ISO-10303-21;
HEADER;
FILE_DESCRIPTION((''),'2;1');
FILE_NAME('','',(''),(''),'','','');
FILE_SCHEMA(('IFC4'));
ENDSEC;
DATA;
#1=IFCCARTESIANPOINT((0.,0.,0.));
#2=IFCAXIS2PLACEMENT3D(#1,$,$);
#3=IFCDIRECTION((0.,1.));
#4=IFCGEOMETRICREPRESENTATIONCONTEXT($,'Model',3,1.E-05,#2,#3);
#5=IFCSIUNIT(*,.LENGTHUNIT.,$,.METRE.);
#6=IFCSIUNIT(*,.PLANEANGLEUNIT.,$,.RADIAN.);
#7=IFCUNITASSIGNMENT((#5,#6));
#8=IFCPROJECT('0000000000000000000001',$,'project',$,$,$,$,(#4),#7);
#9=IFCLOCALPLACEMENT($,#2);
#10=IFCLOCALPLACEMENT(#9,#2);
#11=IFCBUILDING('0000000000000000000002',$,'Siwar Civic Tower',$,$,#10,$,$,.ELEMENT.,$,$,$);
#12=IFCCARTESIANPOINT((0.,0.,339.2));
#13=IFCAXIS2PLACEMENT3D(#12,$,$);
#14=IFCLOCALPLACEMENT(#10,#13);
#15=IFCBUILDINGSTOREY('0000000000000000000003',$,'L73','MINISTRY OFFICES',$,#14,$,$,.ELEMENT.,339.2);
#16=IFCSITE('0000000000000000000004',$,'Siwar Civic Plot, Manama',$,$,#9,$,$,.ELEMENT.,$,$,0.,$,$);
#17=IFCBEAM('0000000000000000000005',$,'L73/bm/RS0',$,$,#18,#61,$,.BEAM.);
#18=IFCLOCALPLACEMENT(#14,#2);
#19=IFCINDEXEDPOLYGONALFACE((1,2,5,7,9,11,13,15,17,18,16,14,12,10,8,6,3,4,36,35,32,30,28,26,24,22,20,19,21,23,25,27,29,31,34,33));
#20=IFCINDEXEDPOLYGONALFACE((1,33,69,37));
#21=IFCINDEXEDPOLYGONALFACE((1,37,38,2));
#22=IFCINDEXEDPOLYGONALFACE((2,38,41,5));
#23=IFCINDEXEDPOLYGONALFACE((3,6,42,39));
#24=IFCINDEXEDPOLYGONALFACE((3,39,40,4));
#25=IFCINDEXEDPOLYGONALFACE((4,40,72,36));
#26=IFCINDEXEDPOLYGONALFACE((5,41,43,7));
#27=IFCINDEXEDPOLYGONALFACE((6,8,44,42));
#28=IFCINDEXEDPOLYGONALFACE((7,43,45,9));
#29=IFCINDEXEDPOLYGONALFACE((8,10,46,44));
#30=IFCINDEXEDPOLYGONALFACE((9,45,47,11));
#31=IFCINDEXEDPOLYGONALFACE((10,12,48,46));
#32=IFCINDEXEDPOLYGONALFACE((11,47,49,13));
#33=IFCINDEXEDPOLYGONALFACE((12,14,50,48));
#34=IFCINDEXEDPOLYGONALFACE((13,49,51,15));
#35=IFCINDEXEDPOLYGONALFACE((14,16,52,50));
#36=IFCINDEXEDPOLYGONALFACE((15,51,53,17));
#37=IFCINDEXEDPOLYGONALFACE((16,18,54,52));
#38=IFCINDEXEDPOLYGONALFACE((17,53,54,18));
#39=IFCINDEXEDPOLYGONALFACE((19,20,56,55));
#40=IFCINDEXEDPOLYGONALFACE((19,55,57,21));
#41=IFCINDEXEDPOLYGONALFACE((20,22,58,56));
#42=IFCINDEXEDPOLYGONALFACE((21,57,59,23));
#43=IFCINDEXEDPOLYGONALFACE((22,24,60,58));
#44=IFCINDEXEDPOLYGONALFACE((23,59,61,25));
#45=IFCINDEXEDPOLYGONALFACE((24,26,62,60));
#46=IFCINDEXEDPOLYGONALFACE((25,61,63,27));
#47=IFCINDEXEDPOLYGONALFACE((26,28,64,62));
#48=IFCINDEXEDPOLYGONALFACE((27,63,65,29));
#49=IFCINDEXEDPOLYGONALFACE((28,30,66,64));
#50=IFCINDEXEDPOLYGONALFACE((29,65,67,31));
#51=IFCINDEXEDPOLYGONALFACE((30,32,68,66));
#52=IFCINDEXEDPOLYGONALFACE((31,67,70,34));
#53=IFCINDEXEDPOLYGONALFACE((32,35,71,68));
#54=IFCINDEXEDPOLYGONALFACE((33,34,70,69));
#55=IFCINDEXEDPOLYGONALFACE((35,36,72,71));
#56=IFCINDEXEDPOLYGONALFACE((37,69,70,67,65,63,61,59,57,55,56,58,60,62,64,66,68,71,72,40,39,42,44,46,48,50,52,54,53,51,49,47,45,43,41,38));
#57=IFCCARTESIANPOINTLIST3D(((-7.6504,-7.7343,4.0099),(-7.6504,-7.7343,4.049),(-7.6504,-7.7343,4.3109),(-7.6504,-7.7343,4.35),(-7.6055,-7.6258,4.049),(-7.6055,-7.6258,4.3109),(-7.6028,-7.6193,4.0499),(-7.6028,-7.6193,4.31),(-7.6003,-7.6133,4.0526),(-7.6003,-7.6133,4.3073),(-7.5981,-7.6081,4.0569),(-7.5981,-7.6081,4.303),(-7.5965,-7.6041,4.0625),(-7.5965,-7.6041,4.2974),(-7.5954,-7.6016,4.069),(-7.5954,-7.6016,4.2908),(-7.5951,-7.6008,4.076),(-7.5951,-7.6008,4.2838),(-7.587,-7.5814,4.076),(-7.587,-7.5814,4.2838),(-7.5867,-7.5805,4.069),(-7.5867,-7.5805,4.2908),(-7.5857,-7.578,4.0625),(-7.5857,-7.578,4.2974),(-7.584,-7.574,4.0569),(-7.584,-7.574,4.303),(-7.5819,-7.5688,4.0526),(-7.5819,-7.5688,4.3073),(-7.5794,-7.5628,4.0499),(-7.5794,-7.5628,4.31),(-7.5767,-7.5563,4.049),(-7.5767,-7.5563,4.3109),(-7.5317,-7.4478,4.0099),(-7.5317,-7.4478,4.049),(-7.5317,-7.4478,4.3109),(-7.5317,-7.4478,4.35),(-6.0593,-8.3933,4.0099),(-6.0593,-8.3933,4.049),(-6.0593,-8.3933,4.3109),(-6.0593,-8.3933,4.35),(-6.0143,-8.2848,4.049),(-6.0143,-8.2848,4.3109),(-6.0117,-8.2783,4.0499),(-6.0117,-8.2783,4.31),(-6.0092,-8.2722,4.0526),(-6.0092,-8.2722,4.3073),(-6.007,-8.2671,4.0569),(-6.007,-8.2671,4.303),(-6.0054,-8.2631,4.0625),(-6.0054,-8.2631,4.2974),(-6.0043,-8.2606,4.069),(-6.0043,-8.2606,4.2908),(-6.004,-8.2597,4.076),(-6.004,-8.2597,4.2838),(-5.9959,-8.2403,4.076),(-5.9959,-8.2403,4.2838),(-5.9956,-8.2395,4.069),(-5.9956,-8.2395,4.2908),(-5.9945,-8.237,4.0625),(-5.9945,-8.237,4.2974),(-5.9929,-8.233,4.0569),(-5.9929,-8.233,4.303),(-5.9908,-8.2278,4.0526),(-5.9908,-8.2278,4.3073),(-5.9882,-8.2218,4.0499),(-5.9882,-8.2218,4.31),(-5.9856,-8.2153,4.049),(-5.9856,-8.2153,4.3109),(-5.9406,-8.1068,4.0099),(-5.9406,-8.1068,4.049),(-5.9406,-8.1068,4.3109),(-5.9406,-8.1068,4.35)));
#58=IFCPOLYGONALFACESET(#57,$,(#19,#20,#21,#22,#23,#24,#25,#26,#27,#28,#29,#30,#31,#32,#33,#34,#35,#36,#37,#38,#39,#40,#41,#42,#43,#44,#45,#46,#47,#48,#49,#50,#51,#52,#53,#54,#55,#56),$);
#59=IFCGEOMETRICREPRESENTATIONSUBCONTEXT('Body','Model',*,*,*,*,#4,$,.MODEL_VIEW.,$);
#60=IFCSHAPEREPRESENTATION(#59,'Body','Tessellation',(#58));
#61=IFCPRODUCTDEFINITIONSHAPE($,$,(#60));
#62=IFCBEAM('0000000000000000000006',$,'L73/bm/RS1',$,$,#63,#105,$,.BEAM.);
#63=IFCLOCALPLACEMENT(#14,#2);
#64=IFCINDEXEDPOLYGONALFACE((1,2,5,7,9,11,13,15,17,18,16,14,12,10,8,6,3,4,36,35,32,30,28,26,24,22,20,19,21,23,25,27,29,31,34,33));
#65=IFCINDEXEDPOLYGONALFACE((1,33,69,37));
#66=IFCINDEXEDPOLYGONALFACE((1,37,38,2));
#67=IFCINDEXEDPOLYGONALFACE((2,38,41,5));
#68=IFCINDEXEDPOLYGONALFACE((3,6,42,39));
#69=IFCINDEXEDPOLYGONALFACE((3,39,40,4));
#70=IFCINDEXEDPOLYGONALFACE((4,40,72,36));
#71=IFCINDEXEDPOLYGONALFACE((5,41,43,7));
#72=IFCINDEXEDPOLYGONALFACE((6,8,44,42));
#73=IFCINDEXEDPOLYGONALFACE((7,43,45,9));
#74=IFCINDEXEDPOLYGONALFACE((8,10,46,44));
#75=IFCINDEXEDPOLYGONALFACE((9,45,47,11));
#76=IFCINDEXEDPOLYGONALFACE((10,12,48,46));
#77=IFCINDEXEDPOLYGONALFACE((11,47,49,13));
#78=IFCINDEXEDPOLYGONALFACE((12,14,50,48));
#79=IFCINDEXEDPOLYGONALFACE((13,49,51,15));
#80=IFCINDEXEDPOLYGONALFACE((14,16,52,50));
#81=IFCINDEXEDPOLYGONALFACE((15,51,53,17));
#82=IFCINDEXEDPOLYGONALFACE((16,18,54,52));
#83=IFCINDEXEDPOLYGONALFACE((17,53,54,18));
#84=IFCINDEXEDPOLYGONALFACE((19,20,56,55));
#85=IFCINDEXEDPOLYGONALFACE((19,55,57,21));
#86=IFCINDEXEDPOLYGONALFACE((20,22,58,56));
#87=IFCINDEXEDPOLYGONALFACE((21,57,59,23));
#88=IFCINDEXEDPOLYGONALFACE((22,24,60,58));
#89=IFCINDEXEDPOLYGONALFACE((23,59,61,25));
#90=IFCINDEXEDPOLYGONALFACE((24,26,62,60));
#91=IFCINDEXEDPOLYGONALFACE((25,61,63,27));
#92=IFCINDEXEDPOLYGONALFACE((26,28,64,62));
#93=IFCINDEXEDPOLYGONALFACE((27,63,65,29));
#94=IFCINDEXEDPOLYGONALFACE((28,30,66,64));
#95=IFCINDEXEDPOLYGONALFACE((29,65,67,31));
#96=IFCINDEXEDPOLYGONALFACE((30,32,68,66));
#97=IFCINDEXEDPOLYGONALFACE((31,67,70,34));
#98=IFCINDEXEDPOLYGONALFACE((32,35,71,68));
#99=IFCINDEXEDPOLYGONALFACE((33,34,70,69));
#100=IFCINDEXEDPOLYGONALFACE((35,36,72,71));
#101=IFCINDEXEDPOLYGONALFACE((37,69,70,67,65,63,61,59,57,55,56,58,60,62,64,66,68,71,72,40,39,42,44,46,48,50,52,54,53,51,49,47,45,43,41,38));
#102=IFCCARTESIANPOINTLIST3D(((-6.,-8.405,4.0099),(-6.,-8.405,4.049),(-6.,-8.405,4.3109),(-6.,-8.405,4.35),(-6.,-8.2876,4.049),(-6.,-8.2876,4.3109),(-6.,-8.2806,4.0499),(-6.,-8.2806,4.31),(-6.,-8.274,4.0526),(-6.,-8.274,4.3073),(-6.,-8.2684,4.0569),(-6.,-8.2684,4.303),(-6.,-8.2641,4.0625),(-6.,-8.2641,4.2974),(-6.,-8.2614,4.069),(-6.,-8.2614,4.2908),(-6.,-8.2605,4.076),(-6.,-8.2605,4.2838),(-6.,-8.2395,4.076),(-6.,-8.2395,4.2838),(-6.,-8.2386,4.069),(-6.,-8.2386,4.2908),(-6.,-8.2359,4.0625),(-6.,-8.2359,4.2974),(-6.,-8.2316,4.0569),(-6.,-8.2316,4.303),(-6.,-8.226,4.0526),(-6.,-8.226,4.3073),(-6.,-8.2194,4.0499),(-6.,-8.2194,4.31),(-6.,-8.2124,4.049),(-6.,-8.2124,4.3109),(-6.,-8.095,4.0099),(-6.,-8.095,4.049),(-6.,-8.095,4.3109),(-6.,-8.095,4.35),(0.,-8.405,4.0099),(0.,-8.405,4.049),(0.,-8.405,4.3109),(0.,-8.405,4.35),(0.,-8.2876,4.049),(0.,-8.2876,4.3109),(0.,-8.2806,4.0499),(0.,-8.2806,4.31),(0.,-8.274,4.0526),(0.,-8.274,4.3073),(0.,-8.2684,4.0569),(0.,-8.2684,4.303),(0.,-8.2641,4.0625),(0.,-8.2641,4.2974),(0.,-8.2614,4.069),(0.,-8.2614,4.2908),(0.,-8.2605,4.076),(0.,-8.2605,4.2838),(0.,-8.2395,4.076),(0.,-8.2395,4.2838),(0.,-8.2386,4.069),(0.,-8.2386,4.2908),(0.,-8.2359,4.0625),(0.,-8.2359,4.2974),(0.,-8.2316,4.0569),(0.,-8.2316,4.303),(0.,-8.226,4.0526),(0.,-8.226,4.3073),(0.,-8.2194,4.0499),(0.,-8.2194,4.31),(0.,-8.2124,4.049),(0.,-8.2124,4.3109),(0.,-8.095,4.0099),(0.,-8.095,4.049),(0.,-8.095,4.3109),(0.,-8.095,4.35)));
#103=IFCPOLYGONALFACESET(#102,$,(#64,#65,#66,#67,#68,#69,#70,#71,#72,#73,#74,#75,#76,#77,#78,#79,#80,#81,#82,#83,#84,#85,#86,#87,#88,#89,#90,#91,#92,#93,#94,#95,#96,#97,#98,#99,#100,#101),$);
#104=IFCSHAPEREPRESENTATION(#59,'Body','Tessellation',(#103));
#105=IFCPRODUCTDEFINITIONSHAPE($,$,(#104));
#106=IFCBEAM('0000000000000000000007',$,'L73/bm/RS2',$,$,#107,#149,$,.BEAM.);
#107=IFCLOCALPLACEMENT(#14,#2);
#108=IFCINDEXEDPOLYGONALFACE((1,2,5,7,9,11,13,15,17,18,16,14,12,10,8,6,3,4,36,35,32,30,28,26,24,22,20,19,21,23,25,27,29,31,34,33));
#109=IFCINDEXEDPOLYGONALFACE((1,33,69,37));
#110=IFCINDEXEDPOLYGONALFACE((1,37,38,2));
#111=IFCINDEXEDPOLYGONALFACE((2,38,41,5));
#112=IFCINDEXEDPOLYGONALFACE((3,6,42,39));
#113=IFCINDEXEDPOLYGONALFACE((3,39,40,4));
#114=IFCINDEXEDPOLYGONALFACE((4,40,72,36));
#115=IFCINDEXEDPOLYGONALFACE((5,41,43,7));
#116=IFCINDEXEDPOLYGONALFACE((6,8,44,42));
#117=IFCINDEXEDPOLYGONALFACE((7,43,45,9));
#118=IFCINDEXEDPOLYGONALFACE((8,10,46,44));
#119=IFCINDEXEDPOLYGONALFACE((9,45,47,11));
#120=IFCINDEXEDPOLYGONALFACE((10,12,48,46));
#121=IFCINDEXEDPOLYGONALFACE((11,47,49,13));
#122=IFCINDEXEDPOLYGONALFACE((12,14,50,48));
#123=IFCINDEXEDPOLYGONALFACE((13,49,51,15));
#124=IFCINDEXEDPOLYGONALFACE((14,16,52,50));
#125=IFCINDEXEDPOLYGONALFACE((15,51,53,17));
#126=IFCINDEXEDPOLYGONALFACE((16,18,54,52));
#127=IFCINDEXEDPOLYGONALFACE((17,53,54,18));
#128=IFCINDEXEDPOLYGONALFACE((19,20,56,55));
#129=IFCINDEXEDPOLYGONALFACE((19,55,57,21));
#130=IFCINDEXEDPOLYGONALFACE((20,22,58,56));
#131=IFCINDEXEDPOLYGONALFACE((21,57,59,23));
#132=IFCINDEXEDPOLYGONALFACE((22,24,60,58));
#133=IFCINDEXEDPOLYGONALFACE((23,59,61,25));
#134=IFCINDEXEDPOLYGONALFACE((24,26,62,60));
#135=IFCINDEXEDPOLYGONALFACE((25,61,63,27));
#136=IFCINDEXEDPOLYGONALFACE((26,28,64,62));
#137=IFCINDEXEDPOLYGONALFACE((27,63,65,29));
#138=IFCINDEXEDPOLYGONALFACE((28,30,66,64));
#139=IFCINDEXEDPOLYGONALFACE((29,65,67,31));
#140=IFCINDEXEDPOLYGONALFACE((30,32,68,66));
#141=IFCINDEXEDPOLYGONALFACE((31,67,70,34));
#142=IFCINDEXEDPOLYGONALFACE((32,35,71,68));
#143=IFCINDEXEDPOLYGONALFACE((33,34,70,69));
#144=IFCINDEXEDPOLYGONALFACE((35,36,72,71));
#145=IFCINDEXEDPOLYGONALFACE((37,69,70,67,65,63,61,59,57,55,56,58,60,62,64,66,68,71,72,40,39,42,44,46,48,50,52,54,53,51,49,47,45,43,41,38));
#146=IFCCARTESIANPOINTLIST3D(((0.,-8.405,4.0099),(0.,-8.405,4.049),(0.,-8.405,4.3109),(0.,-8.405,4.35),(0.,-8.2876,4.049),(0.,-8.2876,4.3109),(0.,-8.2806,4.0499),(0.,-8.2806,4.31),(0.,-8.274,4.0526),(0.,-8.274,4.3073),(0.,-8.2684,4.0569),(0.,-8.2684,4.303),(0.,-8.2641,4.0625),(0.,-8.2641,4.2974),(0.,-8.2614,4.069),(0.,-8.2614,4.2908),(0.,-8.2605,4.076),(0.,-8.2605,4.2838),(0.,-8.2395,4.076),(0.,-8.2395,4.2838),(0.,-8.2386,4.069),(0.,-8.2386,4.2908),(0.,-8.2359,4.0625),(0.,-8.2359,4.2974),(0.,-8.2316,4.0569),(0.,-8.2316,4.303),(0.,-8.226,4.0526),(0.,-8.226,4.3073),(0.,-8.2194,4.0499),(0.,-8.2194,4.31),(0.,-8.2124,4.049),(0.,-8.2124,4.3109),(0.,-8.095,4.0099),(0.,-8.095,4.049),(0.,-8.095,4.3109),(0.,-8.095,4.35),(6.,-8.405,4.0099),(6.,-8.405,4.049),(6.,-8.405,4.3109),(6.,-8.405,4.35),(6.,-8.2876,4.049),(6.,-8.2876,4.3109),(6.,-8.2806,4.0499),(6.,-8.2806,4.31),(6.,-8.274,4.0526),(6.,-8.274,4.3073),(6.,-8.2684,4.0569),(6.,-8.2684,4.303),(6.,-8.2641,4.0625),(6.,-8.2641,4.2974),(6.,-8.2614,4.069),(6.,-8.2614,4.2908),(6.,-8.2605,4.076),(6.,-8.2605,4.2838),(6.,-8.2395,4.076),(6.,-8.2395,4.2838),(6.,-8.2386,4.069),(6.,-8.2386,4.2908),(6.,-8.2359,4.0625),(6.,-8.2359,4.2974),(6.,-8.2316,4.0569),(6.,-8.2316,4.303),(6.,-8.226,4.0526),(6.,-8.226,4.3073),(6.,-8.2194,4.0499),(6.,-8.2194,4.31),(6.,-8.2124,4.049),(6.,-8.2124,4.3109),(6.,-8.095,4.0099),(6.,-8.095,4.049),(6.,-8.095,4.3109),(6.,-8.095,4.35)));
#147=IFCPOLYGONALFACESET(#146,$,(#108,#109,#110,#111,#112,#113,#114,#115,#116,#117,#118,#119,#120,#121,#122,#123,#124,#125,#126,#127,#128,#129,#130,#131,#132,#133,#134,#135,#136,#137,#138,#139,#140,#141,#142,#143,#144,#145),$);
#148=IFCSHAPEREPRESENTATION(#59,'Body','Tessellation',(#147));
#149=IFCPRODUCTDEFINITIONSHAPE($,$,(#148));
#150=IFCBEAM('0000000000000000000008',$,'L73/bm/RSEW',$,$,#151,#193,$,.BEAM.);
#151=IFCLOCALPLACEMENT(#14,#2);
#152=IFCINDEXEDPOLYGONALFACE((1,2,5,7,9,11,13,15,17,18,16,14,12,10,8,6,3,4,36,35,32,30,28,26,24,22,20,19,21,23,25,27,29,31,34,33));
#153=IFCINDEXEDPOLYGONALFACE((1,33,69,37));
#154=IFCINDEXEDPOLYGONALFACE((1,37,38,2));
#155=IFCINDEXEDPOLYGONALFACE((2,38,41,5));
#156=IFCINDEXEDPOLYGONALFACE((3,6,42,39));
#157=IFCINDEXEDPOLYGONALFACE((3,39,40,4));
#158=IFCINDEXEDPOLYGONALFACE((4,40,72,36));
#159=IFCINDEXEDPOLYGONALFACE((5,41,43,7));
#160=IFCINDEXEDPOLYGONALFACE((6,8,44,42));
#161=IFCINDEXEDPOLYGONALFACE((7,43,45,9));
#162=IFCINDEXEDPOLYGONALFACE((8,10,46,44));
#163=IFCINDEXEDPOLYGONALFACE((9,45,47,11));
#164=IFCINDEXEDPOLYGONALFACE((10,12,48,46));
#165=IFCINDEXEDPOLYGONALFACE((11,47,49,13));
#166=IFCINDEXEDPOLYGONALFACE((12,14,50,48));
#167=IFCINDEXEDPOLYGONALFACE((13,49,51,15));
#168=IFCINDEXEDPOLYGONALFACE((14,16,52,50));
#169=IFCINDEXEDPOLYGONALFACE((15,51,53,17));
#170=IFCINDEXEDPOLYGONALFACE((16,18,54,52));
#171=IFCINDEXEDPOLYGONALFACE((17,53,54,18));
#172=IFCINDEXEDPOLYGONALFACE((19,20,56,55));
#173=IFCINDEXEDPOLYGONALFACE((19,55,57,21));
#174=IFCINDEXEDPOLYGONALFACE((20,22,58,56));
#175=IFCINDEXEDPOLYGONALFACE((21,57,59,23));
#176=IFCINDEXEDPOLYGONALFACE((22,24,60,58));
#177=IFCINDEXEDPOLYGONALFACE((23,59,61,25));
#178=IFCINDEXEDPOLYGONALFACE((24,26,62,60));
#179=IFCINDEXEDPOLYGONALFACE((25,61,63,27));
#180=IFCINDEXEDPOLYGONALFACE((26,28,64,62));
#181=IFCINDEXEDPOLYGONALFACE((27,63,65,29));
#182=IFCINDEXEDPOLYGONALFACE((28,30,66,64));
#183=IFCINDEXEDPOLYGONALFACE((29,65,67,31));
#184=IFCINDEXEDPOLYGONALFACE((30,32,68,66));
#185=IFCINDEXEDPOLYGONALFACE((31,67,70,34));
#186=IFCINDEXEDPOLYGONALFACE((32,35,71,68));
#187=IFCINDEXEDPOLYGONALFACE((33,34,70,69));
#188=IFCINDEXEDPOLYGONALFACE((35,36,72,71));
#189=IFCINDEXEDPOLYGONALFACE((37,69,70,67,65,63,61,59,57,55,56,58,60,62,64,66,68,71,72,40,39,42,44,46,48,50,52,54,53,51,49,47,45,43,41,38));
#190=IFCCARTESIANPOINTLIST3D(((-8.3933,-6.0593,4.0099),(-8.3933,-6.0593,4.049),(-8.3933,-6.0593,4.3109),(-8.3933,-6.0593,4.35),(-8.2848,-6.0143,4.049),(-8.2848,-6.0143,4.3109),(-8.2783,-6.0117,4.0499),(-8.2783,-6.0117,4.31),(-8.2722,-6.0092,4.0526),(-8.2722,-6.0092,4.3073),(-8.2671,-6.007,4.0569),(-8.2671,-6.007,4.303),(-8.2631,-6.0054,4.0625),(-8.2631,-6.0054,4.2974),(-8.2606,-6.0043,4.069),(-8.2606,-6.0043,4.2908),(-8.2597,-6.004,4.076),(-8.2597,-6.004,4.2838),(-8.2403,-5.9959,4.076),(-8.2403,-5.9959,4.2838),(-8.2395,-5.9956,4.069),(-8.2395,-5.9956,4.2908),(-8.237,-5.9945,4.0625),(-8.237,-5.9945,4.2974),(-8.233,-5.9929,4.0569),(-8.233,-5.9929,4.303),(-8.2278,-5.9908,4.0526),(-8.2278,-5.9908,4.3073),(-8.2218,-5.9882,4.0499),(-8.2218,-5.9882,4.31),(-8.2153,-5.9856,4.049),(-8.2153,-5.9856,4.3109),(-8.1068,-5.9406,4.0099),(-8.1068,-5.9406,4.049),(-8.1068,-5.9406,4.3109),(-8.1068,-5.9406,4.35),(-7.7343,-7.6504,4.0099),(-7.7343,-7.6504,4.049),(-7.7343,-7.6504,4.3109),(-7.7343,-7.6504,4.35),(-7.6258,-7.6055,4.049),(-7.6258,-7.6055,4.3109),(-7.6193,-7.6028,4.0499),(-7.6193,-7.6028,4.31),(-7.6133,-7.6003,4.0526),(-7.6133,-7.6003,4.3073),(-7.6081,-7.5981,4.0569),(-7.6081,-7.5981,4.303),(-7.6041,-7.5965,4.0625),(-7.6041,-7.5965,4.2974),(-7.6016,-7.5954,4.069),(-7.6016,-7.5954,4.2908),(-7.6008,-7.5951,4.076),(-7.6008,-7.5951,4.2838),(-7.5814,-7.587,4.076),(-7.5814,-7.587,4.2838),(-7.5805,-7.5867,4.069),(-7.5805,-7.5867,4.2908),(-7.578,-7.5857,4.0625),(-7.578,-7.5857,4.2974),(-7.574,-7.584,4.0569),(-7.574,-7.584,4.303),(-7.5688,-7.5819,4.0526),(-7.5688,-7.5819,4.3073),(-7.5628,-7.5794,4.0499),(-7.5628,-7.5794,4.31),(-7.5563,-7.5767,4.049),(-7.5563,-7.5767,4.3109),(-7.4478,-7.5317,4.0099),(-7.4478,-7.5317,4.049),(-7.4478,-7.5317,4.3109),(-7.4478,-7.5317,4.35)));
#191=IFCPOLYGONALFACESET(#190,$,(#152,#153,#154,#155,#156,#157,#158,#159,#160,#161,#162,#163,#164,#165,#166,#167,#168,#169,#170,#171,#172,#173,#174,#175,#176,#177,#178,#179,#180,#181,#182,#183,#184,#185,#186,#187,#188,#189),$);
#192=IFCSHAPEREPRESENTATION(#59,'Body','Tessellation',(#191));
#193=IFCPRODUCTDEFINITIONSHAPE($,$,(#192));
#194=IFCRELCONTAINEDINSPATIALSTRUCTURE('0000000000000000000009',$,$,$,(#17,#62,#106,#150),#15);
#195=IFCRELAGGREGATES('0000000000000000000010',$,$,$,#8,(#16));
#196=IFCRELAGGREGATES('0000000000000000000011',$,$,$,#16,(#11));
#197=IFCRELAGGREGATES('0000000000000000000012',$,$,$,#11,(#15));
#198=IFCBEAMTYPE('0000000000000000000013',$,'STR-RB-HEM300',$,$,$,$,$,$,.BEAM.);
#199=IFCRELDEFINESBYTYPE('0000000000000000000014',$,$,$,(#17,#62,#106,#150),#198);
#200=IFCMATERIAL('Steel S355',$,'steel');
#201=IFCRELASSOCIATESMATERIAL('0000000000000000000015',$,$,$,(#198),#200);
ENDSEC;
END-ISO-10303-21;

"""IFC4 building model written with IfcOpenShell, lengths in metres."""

from ifc_helpers import new_model, si_unit, direction, frame, origin, origin_2d, place, context, subcontext, project, spatial, i_section, extrude, material, material_profile, profile_set, type_object, element, save


model = new_model("IFC4")

# Units and contexts
model_context = context("Model", 3, precision=1e-05, world=origin(), true_north=direction((0.0, 1.0)))
body_context = subcontext(model_context, "Body", "Model", "MODEL_VIEW")
ifc_project = project(units=[si_unit("LENGTHUNIT", "METRE"), si_unit("PLANEANGLEUNIT", "RADIAN")], contexts=[model_context])

# Site, building, storey
site_placement = place(None, origin())
site = spatial("IfcSite", under=ifc_project, at=site_placement, Name="Siwar Civic Plot, Manama", CompositionType="ELEMENT", RefElevation=0.0)
building_placement = place(site_placement, origin())
building = spatial("IfcBuilding", under=site, at=building_placement, Name="Siwar Civic Tower", CompositionType="ELEMENT")
storey_placement = place(building_placement, frame((0.0, 0.0, 339.2)))
storey = spatial("IfcBuildingStorey", under=building, at=storey_placement, Name="L73", Description="MINISTRY OFFICES", CompositionType="ELEMENT", Elevation=339.2)

# Beams
ifc_material_1 = material(Name="Steel S355", Category="steel")
ifc_material_profile_1 = material_profile(ifc_material_1, i_section(OverallWidth=0.3101, OverallDepth=0.3401, WebThickness=0.021, FlangeThickness=0.0391, FilletRadius=0.0271, at=origin_2d()), Name="HEM300")
ifc_profile_set_1 = profile_set([ifc_material_profile_1], Name="Steel S355")
beam_type_1 = type_object("IfcBeamType", Name="STR-RB-HEM300", PredefinedType="BEAM", material=ifc_profile_set_1)
beam_1_placement = place(storey_placement, frame((-7.5911, -7.5911, 4.1799), z_axis=(0.923901, -0.382631, 0.0), x_axis=(0.382631, 0.923901, 0.0)))
element("IfcBeam", 1, at=beam_1_placement, inside=storey, type_object=beam_type_1, Name="L73/bm/RS0", PredefinedType="BEAM", context=body_context, shape_type="SweptSolid", body=[
    extrude(i_section(OverallWidth=0.3101, OverallDepth=0.3401, WebThickness=0.021, FlangeThickness=0.0391, FilletRadius=0.0271, at=origin_2d()), origin(), (0.0, 0.0, 1.0), 1.7222),
])
for number, where, z_axis, x_axis, name in (
    (2, (-6.0, -8.25, 4.1799), (1.0, 0.0, 0.0), (0.0, 1.0, 0.0), "L73/bm/RS1"),
    (3, (0.0, -8.25, 4.1799), (1.0, 0.0, 0.0), (0.0, 1.0, 0.0), "L73/bm/RS2"),
):
    element("IfcBeam", number, at=place(storey_placement, frame(where, z_axis=z_axis, x_axis=x_axis)), inside=storey, type_object=beam_type_1, Name=name, PredefinedType="BEAM", context=body_context, shape_type="SweptSolid", body=[
        extrude(i_section(OverallWidth=0.3101, OverallDepth=0.3401, WebThickness=0.021, FlangeThickness=0.0391, FilletRadius=0.0271, at=origin_2d()), origin(), (0.0, 0.0, 1.0), 6.0),
    ])
beam_2_placement = place(storey_placement, frame((-7.5911, -7.5911, 4.1799), z_axis=(-0.382631, 0.923901, 0.0), x_axis=(-0.923901, -0.382631, 0.0)))
element("IfcBeam", 4, at=beam_2_placement, inside=storey, type_object=beam_type_1, Name="L73/bm/RSEW", PredefinedType="BEAM", context=body_context, shape_type="SweptSolid", body=[
    extrude(i_section(OverallWidth=0.3101, OverallDepth=0.3401, WebThickness=0.021, FlangeThickness=0.0391, FilletRadius=0.0271, at=origin_2d()), origin(), (0.0, 0.0, 1.0), 1.7222),
])

save(model, "model.ifc")
